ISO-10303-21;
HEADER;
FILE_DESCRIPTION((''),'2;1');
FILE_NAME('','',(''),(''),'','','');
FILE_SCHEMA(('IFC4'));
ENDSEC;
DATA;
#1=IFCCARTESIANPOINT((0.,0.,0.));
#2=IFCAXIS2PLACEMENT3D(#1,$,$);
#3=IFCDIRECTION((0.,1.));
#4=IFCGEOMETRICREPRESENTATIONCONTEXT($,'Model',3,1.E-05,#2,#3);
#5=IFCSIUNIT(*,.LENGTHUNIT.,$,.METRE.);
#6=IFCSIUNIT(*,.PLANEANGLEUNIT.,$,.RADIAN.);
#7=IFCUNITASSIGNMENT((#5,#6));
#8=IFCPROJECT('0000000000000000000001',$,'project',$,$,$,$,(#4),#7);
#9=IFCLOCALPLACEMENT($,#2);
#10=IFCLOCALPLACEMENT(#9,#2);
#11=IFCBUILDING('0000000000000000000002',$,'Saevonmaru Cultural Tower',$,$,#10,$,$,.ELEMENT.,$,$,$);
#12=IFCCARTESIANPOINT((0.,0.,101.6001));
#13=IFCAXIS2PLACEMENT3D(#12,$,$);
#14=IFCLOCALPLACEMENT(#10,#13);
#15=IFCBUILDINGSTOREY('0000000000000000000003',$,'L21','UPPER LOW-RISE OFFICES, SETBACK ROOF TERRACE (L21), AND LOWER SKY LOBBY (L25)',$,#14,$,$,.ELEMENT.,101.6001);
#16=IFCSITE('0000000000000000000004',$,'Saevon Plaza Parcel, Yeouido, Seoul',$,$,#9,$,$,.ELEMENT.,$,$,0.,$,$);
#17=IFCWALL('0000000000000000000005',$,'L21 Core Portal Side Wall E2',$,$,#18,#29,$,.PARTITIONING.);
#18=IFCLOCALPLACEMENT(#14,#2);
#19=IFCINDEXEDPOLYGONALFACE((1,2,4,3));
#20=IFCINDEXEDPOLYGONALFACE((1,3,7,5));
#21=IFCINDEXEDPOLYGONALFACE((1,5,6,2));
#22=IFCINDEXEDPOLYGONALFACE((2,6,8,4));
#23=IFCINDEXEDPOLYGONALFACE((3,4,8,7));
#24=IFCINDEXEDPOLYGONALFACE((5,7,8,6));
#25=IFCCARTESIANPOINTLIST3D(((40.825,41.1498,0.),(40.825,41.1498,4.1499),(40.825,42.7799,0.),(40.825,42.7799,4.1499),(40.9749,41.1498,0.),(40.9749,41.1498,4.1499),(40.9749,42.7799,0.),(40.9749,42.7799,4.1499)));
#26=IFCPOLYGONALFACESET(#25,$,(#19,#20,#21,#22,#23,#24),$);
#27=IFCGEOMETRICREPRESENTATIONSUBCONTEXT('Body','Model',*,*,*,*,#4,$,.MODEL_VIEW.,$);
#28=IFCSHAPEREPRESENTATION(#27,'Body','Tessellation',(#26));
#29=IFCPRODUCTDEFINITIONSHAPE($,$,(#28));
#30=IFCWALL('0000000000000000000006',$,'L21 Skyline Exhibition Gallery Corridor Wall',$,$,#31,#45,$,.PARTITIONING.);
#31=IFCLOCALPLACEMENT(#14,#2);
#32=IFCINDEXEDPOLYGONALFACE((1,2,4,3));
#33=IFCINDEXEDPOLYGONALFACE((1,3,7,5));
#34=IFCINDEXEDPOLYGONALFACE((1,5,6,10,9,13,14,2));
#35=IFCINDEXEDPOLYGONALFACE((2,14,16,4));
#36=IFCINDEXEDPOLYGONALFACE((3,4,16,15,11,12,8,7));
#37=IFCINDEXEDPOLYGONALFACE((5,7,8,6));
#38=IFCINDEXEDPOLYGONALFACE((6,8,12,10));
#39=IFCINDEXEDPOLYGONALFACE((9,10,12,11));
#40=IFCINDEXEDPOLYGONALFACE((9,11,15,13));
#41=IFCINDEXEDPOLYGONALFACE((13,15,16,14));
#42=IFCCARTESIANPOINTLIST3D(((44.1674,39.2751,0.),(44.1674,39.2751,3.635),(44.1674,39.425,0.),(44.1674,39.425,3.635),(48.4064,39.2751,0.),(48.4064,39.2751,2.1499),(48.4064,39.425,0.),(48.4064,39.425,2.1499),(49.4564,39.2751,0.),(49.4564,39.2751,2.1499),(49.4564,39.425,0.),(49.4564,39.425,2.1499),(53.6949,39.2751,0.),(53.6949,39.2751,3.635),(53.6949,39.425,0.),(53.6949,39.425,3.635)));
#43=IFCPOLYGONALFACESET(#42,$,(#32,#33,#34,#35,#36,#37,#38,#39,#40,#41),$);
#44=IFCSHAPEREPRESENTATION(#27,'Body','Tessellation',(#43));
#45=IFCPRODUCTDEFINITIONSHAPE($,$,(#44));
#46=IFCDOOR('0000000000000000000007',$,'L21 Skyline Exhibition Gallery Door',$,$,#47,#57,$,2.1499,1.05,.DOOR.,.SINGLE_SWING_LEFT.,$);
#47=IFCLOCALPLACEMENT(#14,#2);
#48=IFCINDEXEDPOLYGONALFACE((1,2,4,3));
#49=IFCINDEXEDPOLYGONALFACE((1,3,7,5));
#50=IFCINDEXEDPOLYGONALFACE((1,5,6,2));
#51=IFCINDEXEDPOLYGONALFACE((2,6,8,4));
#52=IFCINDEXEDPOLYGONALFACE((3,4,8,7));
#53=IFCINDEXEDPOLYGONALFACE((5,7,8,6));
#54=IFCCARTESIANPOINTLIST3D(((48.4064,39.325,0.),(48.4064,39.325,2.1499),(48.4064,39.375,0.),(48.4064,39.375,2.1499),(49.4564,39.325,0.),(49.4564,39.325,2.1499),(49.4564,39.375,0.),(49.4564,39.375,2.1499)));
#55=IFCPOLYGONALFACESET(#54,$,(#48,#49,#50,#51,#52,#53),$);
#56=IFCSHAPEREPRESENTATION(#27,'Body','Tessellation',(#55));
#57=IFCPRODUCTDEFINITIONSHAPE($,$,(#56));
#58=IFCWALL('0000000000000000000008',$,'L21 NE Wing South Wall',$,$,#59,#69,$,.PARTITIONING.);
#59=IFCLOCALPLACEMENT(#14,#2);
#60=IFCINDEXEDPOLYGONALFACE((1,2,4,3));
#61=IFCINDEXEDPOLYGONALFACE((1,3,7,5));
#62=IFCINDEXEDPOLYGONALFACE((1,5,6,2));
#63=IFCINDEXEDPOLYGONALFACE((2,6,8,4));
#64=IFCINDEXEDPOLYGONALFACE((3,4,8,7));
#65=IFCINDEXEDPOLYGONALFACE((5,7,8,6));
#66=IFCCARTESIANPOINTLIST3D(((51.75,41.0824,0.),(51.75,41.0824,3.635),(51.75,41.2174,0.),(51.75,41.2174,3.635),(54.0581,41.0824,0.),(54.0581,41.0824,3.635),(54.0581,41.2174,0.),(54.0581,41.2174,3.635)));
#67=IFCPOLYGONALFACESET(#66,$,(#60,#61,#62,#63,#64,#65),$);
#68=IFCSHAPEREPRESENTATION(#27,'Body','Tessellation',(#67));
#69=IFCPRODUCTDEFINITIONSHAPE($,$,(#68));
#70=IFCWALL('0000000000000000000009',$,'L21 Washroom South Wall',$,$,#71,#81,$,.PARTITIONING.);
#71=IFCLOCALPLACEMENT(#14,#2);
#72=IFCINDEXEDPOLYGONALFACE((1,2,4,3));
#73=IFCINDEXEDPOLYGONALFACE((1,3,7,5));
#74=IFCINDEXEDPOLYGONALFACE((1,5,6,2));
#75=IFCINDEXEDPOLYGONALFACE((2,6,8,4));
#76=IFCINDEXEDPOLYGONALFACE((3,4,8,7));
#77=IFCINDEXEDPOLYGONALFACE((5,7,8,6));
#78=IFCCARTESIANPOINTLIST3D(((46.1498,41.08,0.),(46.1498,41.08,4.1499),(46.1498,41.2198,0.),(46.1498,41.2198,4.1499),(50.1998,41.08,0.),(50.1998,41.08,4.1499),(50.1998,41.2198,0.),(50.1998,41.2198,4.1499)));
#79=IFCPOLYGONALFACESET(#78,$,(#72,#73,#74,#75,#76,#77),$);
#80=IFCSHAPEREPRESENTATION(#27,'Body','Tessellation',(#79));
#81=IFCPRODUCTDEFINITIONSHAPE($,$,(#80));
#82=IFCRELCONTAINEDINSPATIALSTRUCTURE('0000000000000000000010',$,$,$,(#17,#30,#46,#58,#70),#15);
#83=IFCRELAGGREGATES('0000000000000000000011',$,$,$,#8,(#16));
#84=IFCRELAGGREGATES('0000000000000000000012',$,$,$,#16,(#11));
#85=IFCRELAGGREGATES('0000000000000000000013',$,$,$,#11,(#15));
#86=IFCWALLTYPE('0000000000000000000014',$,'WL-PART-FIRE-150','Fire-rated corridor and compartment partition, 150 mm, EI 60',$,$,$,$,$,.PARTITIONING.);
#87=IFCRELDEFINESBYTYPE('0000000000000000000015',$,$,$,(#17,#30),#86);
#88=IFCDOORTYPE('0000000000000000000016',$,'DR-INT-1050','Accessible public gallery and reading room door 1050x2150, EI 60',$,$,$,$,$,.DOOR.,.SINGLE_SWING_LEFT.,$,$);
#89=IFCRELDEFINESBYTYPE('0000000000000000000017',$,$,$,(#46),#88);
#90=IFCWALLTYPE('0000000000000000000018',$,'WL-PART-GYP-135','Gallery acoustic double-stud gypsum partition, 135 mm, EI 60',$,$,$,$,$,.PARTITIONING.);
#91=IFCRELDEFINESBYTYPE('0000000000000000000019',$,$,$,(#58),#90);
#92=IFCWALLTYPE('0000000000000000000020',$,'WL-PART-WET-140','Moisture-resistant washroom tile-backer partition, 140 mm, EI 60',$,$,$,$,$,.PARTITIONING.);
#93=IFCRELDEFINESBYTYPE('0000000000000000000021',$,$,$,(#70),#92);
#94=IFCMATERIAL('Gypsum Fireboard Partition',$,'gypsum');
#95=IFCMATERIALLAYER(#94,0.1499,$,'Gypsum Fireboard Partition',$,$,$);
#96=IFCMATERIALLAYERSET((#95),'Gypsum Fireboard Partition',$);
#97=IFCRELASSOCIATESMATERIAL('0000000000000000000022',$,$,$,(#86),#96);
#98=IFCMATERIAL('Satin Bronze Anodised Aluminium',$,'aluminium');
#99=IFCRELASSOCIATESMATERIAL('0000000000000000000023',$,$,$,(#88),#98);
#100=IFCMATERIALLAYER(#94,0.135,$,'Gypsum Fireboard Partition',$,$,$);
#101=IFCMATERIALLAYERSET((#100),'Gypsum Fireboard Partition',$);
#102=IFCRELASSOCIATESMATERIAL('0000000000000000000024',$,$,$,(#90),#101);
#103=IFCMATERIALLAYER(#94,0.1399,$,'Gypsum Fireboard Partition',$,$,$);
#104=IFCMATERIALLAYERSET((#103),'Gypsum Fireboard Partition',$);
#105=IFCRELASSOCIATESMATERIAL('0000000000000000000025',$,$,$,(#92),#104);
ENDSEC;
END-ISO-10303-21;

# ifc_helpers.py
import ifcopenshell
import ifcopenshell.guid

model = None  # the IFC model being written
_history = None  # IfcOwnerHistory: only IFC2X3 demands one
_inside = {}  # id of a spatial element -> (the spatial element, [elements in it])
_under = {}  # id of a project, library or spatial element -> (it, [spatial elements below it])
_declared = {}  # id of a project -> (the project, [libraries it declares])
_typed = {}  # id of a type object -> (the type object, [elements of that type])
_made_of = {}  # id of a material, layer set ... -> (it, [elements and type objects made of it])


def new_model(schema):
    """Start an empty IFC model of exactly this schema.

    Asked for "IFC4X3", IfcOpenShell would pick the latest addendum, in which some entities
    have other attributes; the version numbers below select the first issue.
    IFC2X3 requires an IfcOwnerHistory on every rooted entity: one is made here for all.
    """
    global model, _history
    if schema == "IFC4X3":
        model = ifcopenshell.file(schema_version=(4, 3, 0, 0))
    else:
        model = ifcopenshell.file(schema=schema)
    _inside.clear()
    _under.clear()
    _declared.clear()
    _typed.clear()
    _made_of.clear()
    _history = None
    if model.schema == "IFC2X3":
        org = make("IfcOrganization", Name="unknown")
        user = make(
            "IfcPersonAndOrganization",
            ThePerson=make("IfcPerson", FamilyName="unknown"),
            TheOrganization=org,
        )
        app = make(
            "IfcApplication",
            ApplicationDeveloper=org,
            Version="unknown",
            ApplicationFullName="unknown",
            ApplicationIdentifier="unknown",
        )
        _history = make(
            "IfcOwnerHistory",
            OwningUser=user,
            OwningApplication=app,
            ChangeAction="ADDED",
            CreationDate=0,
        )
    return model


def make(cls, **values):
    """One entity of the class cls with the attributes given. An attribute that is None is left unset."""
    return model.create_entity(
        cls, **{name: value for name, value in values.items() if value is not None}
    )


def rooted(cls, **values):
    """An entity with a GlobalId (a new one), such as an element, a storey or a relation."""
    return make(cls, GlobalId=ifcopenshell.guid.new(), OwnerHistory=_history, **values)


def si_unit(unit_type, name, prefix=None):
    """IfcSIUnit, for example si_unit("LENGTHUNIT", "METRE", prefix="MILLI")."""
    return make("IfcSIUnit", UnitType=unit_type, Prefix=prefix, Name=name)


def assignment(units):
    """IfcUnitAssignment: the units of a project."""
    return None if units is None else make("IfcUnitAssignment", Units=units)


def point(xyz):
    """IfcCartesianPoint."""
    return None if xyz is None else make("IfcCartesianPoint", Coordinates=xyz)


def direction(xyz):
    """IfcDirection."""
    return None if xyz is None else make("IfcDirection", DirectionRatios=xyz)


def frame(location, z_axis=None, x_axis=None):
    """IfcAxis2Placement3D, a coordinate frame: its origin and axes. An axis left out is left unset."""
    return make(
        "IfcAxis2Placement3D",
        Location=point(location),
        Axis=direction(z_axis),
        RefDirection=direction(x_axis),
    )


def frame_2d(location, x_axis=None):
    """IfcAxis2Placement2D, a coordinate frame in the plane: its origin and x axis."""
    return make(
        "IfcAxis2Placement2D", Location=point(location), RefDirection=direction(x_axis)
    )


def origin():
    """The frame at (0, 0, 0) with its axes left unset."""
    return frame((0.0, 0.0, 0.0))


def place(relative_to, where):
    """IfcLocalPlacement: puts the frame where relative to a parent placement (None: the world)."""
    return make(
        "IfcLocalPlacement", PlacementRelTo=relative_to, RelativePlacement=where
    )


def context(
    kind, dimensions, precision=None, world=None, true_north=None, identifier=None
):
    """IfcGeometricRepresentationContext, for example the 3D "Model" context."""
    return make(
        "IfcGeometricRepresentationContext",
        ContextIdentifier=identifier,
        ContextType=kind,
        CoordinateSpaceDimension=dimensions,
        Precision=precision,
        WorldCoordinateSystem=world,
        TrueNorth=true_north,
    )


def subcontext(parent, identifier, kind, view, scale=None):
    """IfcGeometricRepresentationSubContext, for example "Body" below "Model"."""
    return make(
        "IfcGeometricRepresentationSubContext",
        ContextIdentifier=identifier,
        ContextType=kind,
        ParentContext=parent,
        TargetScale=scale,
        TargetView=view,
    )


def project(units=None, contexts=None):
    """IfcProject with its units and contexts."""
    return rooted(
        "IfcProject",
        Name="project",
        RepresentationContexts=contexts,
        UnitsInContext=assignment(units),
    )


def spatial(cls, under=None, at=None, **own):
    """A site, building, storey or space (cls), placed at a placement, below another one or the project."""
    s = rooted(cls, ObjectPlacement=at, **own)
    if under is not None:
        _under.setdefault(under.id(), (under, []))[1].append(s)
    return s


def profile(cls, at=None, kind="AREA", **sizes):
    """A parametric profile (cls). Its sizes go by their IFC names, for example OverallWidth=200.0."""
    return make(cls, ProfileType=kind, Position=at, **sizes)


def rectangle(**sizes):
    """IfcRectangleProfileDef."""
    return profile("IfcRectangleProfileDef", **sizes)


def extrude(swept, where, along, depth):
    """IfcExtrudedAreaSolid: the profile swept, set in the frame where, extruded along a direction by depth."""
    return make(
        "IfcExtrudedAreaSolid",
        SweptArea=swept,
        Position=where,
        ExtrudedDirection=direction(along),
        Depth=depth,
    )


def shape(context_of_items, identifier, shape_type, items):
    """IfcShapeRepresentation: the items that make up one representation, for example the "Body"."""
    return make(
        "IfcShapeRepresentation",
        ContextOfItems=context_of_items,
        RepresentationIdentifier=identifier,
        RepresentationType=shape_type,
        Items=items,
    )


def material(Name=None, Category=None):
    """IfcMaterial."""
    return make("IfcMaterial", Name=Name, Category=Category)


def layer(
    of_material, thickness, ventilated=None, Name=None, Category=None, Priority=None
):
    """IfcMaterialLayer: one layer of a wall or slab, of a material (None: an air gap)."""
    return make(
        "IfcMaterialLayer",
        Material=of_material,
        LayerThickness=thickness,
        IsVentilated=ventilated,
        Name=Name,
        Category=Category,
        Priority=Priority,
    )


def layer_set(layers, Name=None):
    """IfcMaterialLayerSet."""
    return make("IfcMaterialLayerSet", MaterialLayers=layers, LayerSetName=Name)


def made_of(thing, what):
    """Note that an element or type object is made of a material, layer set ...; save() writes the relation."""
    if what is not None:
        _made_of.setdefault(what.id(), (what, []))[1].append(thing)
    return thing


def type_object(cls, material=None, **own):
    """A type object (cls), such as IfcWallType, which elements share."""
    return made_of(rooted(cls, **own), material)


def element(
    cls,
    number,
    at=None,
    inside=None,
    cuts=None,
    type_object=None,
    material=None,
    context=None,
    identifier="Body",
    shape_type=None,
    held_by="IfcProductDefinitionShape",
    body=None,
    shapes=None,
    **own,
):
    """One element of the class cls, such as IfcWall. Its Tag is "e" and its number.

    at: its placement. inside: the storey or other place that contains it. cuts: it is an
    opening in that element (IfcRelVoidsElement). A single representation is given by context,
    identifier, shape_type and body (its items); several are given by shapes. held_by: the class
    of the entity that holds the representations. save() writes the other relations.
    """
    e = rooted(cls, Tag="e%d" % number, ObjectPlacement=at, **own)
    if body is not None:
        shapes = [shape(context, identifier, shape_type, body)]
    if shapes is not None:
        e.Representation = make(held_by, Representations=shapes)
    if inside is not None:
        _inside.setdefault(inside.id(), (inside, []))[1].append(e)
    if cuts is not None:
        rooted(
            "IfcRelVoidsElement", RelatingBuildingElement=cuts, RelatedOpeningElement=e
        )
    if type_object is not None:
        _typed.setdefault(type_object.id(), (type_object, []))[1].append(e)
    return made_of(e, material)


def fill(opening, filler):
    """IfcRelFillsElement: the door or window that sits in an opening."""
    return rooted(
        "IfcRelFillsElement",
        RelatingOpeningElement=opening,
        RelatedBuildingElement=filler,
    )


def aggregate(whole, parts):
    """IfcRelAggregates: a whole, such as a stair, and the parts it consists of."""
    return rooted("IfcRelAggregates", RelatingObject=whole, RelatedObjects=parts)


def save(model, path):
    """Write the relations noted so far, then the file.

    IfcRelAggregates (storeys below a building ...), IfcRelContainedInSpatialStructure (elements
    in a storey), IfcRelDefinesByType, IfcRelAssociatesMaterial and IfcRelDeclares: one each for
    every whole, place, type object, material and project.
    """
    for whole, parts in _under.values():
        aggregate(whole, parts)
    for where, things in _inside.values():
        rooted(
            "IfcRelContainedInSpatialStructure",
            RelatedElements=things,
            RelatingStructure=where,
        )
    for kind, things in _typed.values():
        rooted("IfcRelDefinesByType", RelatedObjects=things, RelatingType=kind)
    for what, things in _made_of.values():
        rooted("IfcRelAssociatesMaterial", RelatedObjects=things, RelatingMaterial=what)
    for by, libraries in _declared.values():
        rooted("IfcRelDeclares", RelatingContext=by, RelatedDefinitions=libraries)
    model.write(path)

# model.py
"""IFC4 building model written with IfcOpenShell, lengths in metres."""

from ifc_helpers import new_model, si_unit, direction, frame, frame_2d, origin, place, context, subcontext, project, spatial, rectangle, extrude, material, layer, layer_set, type_object, element, fill, save


model = new_model("IFC4")

# Units and contexts
model_context = context("Model", 3, precision=1e-05, world=origin(), true_north=direction((0.0, 1.0)))
body_context = subcontext(model_context, "Body", "Model", "MODEL_VIEW")
ifc_project = project(units=[si_unit("LENGTHUNIT", "METRE"), si_unit("PLANEANGLEUNIT", "RADIAN")], contexts=[model_context])

# Site, building, storey
site_placement = place(None, origin())
site = spatial("IfcSite", under=ifc_project, at=site_placement, Name="Saevon Plaza Parcel, Yeouido, Seoul", CompositionType="ELEMENT", RefElevation=0.0)
building_placement = place(site_placement, origin())
building = spatial("IfcBuilding", under=site, at=building_placement, Name="Saevonmaru Cultural Tower", CompositionType="ELEMENT")
storey_placement = place(building_placement, frame((0.0, 0.0, 101.6001)))
storey = spatial("IfcBuildingStorey", under=building, at=storey_placement, Name="L21", Description="UPPER LOW-RISE OFFICES, SETBACK ROOF TERRACE (L21), AND LOWER SKY LOBBY (L25)", CompositionType="ELEMENT", Elevation=101.6001)

# Shared definitions
ifc_material_1 = material(Name="Satin Bronze Anodised Aluminium", Category="aluminium")

# Wall
ifc_material_2 = material(Name="Gypsum Fireboard Partition", Category="gypsum")
ifc_layer_1 = layer(ifc_material_2, 0.1499, Name="Gypsum Fireboard Partition")
ifc_layer_set_1 = layer_set([ifc_layer_1], Name="Gypsum Fireboard Partition")
wall_type_1 = type_object("IfcWallType", Name="WL-PART-FIRE-150", Description="Fire-rated corridor and compartment partition, 150 mm, EI 60", PredefinedType="PARTITIONING", material=ifc_layer_set_1)
wall_1_placement = place(storey_placement, frame((40.8999, 41.1499, 0.0), z_axis=(0.0, 0.0, 1.0), x_axis=(0.0, 1.0, 0.0)))
element("IfcWall", 1, at=wall_1_placement, inside=storey, type_object=wall_type_1, Name="L21 Core Portal Side Wall E2", PredefinedType="PARTITIONING", context=body_context, shape_type="SweptSolid", body=[
    extrude(rectangle(XDim=1.6301, YDim=0.1499, at=frame_2d((0.8149, 0.0))), origin(), (0.0, 0.0, 1.0), 4.1499),
])

# Wall, opening, door
wall_2_placement = place(storey_placement, frame((44.1675, 39.3501, 0.0), z_axis=(0.0, 0.0, 1.0), x_axis=(1.0, 0.0, 0.0)))
wall_2 = element("IfcWall", 2, at=wall_2_placement, inside=storey, type_object=wall_type_1, Name="L21 Skyline Exhibition Gallery Corridor Wall", PredefinedType="PARTITIONING", context=body_context, shape_type="SweptSolid", body=[
    extrude(rectangle(XDim=9.5276, YDim=0.1499, at=frame_2d((4.7637, 0.0))), origin(), (0.0, 0.0, 1.0), 3.635),
])
opening_placement = place(wall_2_placement, frame((4.239, 0.0, 0.0)))
opening = element("IfcOpeningElement", 3, at=opening_placement, cuts=wall_2, PredefinedType="OPENING", context=body_context, shape_type="SweptSolid", body=[
    extrude(rectangle(XDim=1.05, YDim=2.1499, at=frame_2d((0.5249, 1.075))), frame((0.0, 0.085, 0.0), z_axis=(0.0, -1.0, 0.0), x_axis=(1.0, 0.0, 0.0)), (0.0, 0.0, 1.0), 0.1699),
])
door_type = type_object("IfcDoorType", Name="DR-INT-1050", Description="Accessible public gallery and reading room door 1050x2150, EI 60", OperationType="SINGLE_SWING_LEFT", PredefinedType="DOOR", material=ifc_material_1)
door_placement = place(opening_placement, origin())
door = element("IfcDoor", 4, at=door_placement, inside=storey, type_object=door_type, Name="L21 Skyline Exhibition Gallery Door", OperationType="SINGLE_SWING_LEFT", OverallHeight=2.1499, OverallWidth=1.05, PredefinedType="DOOR", context=body_context, shape_type="SweptSolid", body=[
    extrude(rectangle(XDim=1.05, YDim=2.1499, at=frame_2d((0.5249, 1.075))), frame((0.0, 0.0249, 0.0), z_axis=(0.0, -1.0, 0.0), x_axis=(1.0, 0.0, 0.0)), (0.0, 0.0, 1.0), 0.05),
])
fill(opening, door)

# Walls
ifc_layer_2 = layer(ifc_material_2, 0.135, Name="Gypsum Fireboard Partition")
ifc_layer_set_2 = layer_set([ifc_layer_2], Name="Gypsum Fireboard Partition")
wall_type_2 = type_object("IfcWallType", Name="WL-PART-GYP-135", Description="Gallery acoustic double-stud gypsum partition, 135 mm, EI 60", PredefinedType="PARTITIONING", material=ifc_layer_set_2)
wall_3_placement = place(storey_placement, frame((51.75, 41.1499, 0.0), z_axis=(0.0, 0.0, 1.0), x_axis=(1.0, 0.0, 0.0)))
element("IfcWall", 5, at=wall_3_placement, inside=storey, type_object=wall_type_2, Name="L21 NE Wing South Wall", PredefinedType="PARTITIONING", context=body_context, shape_type="SweptSolid", body=[
    extrude(rectangle(XDim=2.3081, YDim=0.135, at=frame_2d((1.1541, 0.0))), origin(), (0.0, 0.0, 1.0), 3.635),
])
ifc_layer_3 = layer(ifc_material_2, 0.1399, Name="Gypsum Fireboard Partition")
ifc_layer_set_3 = layer_set([ifc_layer_3], Name="Gypsum Fireboard Partition")
wall_type_3 = type_object("IfcWallType", Name="WL-PART-WET-140", Description="Moisture-resistant washroom tile-backer partition, 140 mm, EI 60", PredefinedType="PARTITIONING", material=ifc_layer_set_3)
wall_4_placement = place(storey_placement, frame((46.1499, 41.1499, 0.0), z_axis=(0.0, 0.0, 1.0), x_axis=(1.0, 0.0, 0.0)))
element("IfcWall", 6, at=wall_4_placement, inside=storey, type_object=wall_type_3, Name="L21 Washroom South Wall", PredefinedType="PARTITIONING", context=body_context, shape_type="SweptSolid", body=[
    extrude(rectangle(XDim=4.05, YDim=0.1399, at=frame_2d((2.0249, 0.0))), origin(), (0.0, 0.0, 1.0), 4.1499),
])

save(model, "model.ifc")
